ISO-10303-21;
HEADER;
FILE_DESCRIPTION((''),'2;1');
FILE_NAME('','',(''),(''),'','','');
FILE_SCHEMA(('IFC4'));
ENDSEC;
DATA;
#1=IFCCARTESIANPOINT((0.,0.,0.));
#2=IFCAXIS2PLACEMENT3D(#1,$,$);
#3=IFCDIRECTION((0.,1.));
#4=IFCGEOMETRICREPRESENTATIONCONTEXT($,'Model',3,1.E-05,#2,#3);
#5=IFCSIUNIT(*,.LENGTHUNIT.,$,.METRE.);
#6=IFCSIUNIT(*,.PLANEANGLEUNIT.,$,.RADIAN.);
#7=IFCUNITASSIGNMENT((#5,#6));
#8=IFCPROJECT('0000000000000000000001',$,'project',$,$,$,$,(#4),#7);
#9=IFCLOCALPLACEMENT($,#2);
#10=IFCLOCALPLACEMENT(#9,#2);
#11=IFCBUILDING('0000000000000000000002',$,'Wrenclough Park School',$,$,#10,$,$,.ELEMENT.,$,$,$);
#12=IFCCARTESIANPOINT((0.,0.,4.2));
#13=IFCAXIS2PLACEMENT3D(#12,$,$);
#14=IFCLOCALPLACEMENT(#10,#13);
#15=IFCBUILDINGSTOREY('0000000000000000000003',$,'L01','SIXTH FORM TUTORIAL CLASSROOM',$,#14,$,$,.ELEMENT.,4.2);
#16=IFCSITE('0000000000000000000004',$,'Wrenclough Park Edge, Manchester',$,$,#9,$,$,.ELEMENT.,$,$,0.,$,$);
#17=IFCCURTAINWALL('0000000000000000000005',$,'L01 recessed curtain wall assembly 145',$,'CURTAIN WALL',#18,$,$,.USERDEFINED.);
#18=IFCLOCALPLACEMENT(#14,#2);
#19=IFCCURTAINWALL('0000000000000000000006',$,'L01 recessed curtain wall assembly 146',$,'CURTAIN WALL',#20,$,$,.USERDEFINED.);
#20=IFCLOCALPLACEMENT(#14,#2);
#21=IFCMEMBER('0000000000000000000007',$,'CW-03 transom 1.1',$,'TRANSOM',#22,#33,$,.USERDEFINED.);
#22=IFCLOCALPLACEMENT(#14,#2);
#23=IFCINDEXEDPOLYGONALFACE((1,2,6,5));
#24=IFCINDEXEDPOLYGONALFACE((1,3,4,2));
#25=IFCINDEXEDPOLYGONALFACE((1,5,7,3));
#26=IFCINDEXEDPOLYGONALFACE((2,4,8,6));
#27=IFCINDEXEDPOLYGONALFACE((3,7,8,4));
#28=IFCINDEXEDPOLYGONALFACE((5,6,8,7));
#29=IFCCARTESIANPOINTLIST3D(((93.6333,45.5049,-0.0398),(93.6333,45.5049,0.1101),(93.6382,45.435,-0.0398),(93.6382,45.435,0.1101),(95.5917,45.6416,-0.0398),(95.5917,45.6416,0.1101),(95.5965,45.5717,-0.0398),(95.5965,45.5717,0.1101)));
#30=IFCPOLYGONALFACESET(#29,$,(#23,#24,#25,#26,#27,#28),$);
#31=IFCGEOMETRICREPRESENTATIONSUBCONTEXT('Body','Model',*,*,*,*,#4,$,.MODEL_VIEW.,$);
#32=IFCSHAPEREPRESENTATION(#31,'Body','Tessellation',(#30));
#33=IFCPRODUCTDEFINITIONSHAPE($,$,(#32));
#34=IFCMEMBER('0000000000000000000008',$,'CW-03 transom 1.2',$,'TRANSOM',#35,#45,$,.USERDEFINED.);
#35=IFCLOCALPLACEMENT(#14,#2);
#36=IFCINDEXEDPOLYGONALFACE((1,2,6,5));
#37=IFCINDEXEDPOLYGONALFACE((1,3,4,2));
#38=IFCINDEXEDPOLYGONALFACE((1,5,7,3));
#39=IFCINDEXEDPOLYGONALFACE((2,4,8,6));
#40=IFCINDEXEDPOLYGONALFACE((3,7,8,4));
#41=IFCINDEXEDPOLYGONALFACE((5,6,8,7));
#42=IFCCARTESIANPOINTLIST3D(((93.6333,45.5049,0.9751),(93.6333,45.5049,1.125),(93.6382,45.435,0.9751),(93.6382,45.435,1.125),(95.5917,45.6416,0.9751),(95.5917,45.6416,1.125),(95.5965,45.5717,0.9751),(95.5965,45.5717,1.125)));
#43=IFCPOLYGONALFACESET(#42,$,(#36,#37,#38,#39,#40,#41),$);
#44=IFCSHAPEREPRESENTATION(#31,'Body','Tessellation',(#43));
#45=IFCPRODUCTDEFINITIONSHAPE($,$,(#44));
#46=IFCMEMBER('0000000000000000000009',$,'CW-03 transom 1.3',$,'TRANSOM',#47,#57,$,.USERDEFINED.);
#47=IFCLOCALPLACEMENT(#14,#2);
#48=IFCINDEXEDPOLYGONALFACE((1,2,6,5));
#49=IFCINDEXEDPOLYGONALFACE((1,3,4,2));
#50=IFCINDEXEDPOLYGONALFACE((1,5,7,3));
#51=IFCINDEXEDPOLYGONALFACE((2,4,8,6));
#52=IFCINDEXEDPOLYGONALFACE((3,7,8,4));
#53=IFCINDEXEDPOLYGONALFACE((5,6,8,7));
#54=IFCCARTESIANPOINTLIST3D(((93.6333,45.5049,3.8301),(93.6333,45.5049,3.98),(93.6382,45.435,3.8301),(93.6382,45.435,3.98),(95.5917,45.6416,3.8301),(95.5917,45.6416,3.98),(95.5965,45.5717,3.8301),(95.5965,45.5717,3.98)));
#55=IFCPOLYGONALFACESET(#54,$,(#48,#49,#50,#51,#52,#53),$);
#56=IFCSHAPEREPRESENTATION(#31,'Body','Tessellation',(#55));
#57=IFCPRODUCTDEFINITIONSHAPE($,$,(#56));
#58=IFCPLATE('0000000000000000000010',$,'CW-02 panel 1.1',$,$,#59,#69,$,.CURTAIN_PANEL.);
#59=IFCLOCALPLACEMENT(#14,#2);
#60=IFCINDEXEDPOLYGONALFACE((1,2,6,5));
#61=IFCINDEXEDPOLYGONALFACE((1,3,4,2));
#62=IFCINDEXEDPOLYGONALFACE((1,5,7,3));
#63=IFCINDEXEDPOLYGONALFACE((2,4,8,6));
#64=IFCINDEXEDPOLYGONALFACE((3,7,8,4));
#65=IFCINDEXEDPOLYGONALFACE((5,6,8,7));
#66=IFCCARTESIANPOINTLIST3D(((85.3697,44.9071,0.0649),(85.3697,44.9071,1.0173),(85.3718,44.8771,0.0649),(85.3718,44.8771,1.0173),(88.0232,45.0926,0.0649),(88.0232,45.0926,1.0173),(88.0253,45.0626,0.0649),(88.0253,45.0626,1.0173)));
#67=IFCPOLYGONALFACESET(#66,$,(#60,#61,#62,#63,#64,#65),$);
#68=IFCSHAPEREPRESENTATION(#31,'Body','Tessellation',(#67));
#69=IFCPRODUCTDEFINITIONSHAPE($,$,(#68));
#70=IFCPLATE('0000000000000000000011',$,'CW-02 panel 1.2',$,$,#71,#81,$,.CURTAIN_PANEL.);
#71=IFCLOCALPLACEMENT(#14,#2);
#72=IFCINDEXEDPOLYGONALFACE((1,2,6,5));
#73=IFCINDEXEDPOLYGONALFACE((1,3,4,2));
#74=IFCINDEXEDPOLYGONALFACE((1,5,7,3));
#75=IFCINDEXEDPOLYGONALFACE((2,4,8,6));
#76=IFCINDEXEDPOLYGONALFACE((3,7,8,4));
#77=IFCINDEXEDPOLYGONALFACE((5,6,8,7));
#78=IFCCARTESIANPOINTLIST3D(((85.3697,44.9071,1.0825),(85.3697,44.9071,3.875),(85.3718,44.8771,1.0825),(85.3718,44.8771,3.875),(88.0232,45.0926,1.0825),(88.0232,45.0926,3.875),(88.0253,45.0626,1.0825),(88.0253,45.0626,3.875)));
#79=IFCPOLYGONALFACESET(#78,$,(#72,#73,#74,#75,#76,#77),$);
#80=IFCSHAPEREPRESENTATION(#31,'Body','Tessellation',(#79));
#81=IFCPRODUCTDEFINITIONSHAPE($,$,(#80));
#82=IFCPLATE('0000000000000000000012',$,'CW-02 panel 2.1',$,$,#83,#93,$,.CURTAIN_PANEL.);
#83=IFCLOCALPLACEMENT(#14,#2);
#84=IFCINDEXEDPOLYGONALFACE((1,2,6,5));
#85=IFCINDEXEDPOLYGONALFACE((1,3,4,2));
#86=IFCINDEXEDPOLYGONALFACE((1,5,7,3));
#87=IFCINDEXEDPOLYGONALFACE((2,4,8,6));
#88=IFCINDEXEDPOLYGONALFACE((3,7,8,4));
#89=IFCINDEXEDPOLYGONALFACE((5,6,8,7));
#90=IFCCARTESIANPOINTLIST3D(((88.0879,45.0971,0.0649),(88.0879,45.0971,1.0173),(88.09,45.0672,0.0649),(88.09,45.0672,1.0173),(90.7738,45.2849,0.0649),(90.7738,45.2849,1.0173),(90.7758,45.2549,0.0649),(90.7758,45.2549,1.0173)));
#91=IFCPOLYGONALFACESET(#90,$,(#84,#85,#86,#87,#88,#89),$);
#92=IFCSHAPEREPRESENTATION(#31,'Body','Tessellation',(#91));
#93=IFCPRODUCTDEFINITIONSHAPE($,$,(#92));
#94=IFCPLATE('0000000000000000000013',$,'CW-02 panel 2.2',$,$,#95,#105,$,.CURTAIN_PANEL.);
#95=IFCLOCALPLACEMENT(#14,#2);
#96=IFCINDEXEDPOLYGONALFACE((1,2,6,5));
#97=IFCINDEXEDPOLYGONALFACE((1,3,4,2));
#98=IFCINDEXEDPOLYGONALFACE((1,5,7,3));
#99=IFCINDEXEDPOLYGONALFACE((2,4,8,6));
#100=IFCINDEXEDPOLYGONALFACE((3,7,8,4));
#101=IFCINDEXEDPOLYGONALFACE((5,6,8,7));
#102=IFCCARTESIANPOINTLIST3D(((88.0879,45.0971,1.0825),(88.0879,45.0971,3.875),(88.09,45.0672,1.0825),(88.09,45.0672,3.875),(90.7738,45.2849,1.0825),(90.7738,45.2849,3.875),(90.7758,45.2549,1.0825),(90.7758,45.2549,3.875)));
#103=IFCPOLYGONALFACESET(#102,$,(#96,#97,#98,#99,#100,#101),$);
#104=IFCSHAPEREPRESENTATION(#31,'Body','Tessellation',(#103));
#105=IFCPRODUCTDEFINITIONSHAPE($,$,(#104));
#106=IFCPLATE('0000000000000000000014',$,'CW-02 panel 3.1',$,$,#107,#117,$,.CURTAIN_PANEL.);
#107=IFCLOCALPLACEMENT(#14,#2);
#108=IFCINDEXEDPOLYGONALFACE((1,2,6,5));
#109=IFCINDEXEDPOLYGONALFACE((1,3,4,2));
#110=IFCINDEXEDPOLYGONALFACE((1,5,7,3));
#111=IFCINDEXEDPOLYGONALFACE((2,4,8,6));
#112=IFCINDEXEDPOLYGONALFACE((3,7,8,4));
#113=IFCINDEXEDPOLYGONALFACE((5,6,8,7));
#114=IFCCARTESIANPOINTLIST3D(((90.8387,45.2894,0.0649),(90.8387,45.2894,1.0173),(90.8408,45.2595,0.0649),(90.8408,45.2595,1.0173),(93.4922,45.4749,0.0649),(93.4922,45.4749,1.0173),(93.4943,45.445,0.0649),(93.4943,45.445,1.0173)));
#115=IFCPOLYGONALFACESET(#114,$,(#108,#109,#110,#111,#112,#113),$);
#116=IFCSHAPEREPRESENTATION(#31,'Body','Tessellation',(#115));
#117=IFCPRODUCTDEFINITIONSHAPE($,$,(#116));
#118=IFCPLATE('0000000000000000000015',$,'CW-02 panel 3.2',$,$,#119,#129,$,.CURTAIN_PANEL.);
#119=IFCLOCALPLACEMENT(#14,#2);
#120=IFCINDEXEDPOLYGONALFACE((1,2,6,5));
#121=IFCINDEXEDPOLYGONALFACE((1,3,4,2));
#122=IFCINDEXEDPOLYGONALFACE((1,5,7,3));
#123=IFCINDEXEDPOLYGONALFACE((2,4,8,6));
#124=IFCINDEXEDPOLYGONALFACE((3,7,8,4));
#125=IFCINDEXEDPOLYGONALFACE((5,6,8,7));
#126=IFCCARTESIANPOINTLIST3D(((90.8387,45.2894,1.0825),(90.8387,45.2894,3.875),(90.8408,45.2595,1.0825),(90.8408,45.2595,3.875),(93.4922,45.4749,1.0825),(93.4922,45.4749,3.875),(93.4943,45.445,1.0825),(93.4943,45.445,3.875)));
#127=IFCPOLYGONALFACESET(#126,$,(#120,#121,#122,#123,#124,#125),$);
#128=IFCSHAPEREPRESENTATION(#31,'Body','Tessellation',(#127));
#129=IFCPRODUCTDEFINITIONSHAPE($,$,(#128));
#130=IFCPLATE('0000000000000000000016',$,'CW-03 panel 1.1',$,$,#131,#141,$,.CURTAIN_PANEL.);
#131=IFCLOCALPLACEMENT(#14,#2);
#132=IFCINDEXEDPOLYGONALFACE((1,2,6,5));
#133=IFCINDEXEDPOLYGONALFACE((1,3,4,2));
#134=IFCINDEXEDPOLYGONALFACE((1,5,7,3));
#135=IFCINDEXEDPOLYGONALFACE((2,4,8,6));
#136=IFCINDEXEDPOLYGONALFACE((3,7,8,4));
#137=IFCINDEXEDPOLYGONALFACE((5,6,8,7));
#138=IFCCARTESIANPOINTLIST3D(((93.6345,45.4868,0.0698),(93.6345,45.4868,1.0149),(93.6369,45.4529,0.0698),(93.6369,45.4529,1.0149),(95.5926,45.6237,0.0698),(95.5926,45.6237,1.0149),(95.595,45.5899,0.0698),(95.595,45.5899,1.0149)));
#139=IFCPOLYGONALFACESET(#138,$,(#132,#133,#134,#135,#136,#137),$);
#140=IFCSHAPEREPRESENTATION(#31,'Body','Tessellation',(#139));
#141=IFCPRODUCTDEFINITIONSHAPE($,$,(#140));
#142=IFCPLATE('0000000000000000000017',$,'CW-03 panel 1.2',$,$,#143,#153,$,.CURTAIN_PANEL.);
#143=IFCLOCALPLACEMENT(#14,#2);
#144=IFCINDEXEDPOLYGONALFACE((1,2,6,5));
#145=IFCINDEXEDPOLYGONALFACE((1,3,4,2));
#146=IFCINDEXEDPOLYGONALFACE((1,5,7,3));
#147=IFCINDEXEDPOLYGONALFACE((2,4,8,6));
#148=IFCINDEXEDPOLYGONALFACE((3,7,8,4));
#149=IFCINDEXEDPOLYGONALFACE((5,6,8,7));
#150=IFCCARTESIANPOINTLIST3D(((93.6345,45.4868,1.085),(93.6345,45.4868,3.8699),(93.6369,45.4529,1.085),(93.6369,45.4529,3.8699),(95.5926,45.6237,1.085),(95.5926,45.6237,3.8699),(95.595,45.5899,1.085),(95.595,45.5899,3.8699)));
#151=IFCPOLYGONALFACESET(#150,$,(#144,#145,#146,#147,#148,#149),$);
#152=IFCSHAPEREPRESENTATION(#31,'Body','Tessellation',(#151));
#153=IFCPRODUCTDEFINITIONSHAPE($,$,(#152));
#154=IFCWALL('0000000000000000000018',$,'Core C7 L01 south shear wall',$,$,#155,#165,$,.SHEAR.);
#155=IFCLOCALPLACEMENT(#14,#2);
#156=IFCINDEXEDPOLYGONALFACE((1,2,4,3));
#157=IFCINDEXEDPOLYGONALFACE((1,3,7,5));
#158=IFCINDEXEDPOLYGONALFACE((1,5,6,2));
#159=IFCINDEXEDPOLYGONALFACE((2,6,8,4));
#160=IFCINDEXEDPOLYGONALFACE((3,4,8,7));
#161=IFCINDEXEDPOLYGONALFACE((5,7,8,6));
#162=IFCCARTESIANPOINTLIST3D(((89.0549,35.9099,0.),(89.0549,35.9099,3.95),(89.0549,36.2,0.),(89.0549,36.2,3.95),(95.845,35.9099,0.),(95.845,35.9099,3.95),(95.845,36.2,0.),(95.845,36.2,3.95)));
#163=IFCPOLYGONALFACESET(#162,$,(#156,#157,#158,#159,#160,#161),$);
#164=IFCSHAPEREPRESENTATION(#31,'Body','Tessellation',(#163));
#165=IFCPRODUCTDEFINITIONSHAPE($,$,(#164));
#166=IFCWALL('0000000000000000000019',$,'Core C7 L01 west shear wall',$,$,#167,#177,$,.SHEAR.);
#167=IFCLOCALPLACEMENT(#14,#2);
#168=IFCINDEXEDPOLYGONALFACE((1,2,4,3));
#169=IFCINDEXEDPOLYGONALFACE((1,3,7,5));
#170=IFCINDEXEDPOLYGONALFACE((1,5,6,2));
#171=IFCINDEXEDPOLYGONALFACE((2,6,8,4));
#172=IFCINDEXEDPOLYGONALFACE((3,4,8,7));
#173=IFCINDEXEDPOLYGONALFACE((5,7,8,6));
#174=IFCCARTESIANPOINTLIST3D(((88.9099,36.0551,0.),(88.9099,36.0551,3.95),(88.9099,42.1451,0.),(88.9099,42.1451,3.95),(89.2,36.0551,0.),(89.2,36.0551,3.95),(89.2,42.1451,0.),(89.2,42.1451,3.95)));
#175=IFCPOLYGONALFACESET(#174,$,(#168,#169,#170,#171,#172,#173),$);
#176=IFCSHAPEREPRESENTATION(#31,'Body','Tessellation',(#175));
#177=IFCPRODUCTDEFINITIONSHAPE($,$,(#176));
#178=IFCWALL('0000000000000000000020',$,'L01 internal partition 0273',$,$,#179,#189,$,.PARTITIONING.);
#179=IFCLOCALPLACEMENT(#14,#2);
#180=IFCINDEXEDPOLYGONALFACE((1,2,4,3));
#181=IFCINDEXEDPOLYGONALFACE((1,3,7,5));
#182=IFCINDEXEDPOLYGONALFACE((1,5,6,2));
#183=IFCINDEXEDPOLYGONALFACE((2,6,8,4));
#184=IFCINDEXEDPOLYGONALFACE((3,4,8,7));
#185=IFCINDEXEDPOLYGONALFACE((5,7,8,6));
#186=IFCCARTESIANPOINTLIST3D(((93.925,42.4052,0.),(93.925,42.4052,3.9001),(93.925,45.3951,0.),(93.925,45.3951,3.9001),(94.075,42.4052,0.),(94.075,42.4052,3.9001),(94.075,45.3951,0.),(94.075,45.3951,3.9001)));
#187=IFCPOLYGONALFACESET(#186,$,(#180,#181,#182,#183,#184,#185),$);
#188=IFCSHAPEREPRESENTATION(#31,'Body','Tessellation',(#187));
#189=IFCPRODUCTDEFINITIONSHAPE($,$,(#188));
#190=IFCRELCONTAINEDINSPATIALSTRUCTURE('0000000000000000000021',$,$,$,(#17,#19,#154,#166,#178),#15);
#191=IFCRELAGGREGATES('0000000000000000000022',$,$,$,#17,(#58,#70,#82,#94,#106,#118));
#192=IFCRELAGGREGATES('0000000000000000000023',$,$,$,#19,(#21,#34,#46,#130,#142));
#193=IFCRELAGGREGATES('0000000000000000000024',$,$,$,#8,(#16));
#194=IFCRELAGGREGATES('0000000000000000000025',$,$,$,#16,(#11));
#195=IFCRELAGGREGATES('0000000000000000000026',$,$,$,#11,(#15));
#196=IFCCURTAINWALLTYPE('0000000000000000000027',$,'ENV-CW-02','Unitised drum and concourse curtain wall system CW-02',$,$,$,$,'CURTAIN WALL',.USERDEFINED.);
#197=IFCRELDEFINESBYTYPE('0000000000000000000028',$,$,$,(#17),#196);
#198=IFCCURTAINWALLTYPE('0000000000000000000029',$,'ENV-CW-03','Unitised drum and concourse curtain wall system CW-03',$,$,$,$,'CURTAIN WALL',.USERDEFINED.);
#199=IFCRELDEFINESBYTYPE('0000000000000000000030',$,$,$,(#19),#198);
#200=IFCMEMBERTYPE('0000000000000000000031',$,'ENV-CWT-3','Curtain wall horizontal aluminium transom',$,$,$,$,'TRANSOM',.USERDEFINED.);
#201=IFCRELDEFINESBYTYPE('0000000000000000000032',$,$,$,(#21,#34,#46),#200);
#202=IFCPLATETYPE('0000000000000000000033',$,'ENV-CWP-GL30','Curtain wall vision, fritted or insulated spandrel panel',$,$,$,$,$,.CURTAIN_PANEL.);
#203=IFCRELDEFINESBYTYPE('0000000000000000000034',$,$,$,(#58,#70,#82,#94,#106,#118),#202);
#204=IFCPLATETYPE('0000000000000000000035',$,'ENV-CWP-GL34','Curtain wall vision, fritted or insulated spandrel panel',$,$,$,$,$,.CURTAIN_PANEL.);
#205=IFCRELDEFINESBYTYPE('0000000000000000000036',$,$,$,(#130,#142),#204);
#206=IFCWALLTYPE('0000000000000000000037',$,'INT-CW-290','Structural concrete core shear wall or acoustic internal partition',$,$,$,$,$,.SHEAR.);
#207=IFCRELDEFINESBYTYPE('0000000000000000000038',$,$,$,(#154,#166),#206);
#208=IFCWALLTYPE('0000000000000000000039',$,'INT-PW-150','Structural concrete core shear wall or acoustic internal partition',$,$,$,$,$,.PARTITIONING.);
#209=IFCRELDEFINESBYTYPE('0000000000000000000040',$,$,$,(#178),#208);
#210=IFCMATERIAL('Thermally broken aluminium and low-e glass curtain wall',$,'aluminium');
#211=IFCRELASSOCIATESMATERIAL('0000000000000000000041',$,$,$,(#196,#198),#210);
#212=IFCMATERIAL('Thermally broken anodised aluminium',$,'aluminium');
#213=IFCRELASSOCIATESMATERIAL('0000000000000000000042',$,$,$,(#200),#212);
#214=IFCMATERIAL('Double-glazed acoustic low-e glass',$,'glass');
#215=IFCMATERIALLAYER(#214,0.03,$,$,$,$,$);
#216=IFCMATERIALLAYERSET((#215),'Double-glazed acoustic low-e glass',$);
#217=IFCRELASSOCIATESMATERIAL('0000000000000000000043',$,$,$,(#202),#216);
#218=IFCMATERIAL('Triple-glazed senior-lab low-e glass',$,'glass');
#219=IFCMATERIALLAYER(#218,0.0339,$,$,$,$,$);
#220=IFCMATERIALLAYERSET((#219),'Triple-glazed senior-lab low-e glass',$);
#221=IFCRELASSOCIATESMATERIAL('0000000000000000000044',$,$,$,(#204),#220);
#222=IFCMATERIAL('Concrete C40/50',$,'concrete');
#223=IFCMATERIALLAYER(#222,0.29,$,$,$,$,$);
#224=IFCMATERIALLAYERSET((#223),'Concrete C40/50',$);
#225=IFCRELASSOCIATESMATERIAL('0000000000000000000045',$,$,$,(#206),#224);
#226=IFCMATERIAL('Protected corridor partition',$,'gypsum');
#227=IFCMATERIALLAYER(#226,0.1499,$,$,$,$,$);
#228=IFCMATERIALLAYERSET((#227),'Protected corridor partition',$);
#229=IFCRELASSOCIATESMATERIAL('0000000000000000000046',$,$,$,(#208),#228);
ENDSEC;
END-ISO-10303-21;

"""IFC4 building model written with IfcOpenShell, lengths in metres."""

from ifc_helpers import new_model, si_unit, direction, frame, frame_2d, origin, origin_2d, place, context, subcontext, project, spatial, rectangle, extrude, material, layer, layer_set, material_profile, profile_set, type_object, element, aggregate, save


model = new_model("IFC4")

# Units and contexts
model_context = context("Model", 3, precision=1e-05, world=origin(), true_north=direction((0.0, 1.0)))
body_context = subcontext(model_context, "Body", "Model", "MODEL_VIEW")
ifc_project = project(units=[si_unit("LENGTHUNIT", "METRE"), si_unit("PLANEANGLEUNIT", "RADIAN")], contexts=[model_context])

# Site, building, storey
site_placement = place(None, origin())
site = spatial("IfcSite", under=ifc_project, at=site_placement, Name="Wrenclough Park Edge, Manchester", CompositionType="ELEMENT", RefElevation=0.0)
building_placement = place(site_placement, origin())
building = spatial("IfcBuilding", under=site, at=building_placement, Name="Wrenclough Park School", CompositionType="ELEMENT")
storey_placement = place(building_placement, frame((0.0, 0.0, 4.2)))
storey = spatial("IfcBuildingStorey", under=building, at=storey_placement, Name="L01", Description="SIXTH FORM TUTORIAL CLASSROOM", CompositionType="ELEMENT", Elevation=4.2)

# Curtain wall
ifc_material_1 = material(Name="Thermally broken aluminium and low-e glass curtain wall", Category="aluminium")
curtain_wall_type_1 = type_object("IfcCurtainWallType", Name="ENV-CW-02", Description="Unitised drum and concourse curtain wall system CW-02", ElementType="CURTAIN WALL", PredefinedType="USERDEFINED", material=ifc_material_1)
curtain_wall_1_placement = place(storey_placement, origin())
curtain_wall_1 = element("IfcCurtainWall", 1, at=curtain_wall_1_placement, inside=storey, type_object=curtain_wall_type_1, Name="L01 recessed curtain wall assembly 145", ObjectType="CURTAIN WALL", PredefinedType="USERDEFINED")
ifc_material_2 = material(Name="Thermally broken anodised aluminium", Category="aluminium")

# Curtain wall
curtain_wall_type_2 = type_object("IfcCurtainWallType", Name="ENV-CW-03", Description="Unitised drum and concourse curtain wall system CW-03", ElementType="CURTAIN WALL", PredefinedType="USERDEFINED", material=ifc_material_1)
curtain_wall_2_placement = place(storey_placement, origin())
curtain_wall_2 = element("IfcCurtainWall", 2, at=curtain_wall_2_placement, inside=storey, type_object=curtain_wall_type_2, Name="L01 recessed curtain wall assembly 146", ObjectType="CURTAIN WALL", PredefinedType="USERDEFINED")

# Members
ifc_material_profile_1 = material_profile(ifc_material_2, rectangle(XDim=0.0701, YDim=0.1499, at=origin_2d()), Name="AL TRANSOM 70x150")
ifc_profile_set_1 = profile_set([ifc_material_profile_1], Name="Thermally broken anodised aluminium")
member_type_1 = type_object("IfcMemberType", Name="ENV-CWT-3", Description="Curtain wall horizontal aluminium transom", ElementType="TRANSOM", PredefinedType="USERDEFINED", material=ifc_profile_set_1)
member_1_placement = place(storey_placement, frame((93.6357, 45.47, 0.0352), z_axis=(0.997572, 0.069647, 0.0), x_axis=(-0.069647, 0.997572, 0.0)))
member_1 = element("IfcMember", 3, at=member_1_placement, type_object=member_type_1, Name="CW-03 transom 1.1", ObjectType="TRANSOM", PredefinedType="USERDEFINED", context=body_context, shape_type="SweptSolid", body=[
    extrude(rectangle(XDim=0.0701, YDim=0.1499, at=origin_2d()), origin(), (0.0, 0.0, 1.0), 1.9631),
])
member_2_placement = place(storey_placement, frame((93.6357, 45.47, 1.05), z_axis=(0.997572, 0.069647, 0.0), x_axis=(-0.069647, 0.997572, 0.0)))
member_2 = element("IfcMember", 4, at=member_2_placement, type_object=member_type_1, Name="CW-03 transom 1.2", ObjectType="TRANSOM", PredefinedType="USERDEFINED", context=body_context, shape_type="SweptSolid", body=[
    extrude(rectangle(XDim=0.0701, YDim=0.1499, at=origin_2d()), origin(), (0.0, 0.0, 1.0), 1.9631),
])
member_3_placement = place(storey_placement, frame((93.6357, 45.47, 3.905), z_axis=(0.997572, 0.069647, 0.0), x_axis=(-0.069647, 0.997572, 0.0)))
member_3 = element("IfcMember", 5, at=member_3_placement, type_object=member_type_1, Name="CW-03 transom 1.3", ObjectType="TRANSOM", PredefinedType="USERDEFINED", context=body_context, shape_type="SweptSolid", body=[
    extrude(rectangle(XDim=0.0701, YDim=0.1499, at=origin_2d()), origin(), (0.0, 0.0, 1.0), 1.9631),
])

# Plates
ifc_material_3 = material(Name="Double-glazed acoustic low-e glass", Category="glass")
ifc_layer_1 = layer(ifc_material_3, 0.03)
ifc_layer_set_1 = layer_set([ifc_layer_1], Name="Double-glazed acoustic low-e glass")
plate_type_1 = type_object("IfcPlateType", Name="ENV-CWP-GL30", Description="Curtain wall vision, fritted or insulated spandrel panel", PredefinedType="CURTAIN_PANEL", material=ifc_layer_set_1)
plate_1_placement = place(storey_placement, frame((86.6975, 44.9849, 0.0649), z_axis=(0.0, 0.0, 1.0), x_axis=(0.997565, 0.069742, 0.0)))
plate_1 = element("IfcPlate", 6, at=plate_1_placement, type_object=plate_type_1, Name="CW-02 panel 1.1", PredefinedType="CURTAIN_PANEL", context=body_context, shape_type="SweptSolid", body=[
    extrude(rectangle(XDim=2.6599, YDim=0.03, at=origin_2d()), origin(), (0.0, 0.0, 1.0), 0.9524),
])
plate_2_placement = place(storey_placement, frame((86.6975, 44.9849, 1.0825), z_axis=(0.0, 0.0, 1.0), x_axis=(0.997565, 0.069742, 0.0)))
plate_2 = element("IfcPlate", 7, at=plate_2_placement, type_object=plate_type_1, Name="CW-02 panel 1.2", PredefinedType="CURTAIN_PANEL", context=body_context, shape_type="SweptSolid", body=[
    extrude(rectangle(XDim=2.6599, YDim=0.03, at=origin_2d()), origin(), (0.0, 0.0, 1.0), 2.7925),
])
plate_3_placement = place(storey_placement, frame((89.4319, 45.176, 0.0649), z_axis=(0.0, 0.0, 1.0), x_axis=(0.997565, 0.069742, 0.0)))
plate_3 = element("IfcPlate", 8, at=plate_3_placement, type_object=plate_type_1, Name="CW-02 panel 2.1", PredefinedType="CURTAIN_PANEL", context=body_context, shape_type="SweptSolid", body=[
    extrude(rectangle(XDim=2.6924, YDim=0.03, at=origin_2d()), origin(), (0.0, 0.0, 1.0), 0.9524),
])
plate_4_placement = place(storey_placement, frame((89.4319, 45.176, 1.0825), z_axis=(0.0, 0.0, 1.0), x_axis=(0.997565, 0.069742, 0.0)))
plate_4 = element("IfcPlate", 9, at=plate_4_placement, type_object=plate_type_1, Name="CW-02 panel 2.2", PredefinedType="CURTAIN_PANEL", context=body_context, shape_type="SweptSolid", body=[
    extrude(rectangle(XDim=2.6924, YDim=0.03, at=origin_2d()), origin(), (0.0, 0.0, 1.0), 2.7925),
])
plate_5_placement = place(storey_placement, frame((92.1665, 45.3672, 0.0649), z_axis=(0.0, 0.0, 1.0), x_axis=(0.997565, 0.069742, 0.0)))
plate_5 = element("IfcPlate", 10, at=plate_5_placement, type_object=plate_type_1, Name="CW-02 panel 3.1", PredefinedType="CURTAIN_PANEL", context=body_context, shape_type="SweptSolid", body=[
    extrude(rectangle(XDim=2.6599, YDim=0.03, at=origin_2d()), origin(), (0.0, 0.0, 1.0), 0.9524),
])
plate_6_placement = place(storey_placement, frame((92.1665, 45.3672, 1.0825), z_axis=(0.0, 0.0, 1.0), x_axis=(0.997565, 0.069742, 0.0)))
plate_6 = element("IfcPlate", 11, at=plate_6_placement, type_object=plate_type_1, Name="CW-02 panel 3.2", PredefinedType="CURTAIN_PANEL", context=body_context, shape_type="SweptSolid", body=[
    extrude(rectangle(XDim=2.6599, YDim=0.03, at=origin_2d()), origin(), (0.0, 0.0, 1.0), 2.7925),
])
aggregate(curtain_wall_1, [plate_1, plate_2, plate_3, plate_4, plate_5, plate_6])
ifc_material_4 = material(Name="Triple-glazed senior-lab low-e glass", Category="glass")
ifc_layer_2 = layer(ifc_material_4, 0.0339)
ifc_layer_set_2 = layer_set([ifc_layer_2], Name="Triple-glazed senior-lab low-e glass")
plate_type_2 = type_object("IfcPlateType", Name="ENV-CWP-GL34", Description="Curtain wall vision, fritted or insulated spandrel panel", PredefinedType="CURTAIN_PANEL", material=ifc_layer_set_2)
plate_7_placement = place(storey_placement, frame((94.6147, 45.5383, 0.0698), z_axis=(0.0, 0.0, 1.0), x_axis=(0.997564, 0.069753, 0.0)))
plate_7 = element("IfcPlate", 12, at=plate_7_placement, type_object=plate_type_2, Name="CW-03 panel 1.1", PredefinedType="CURTAIN_PANEL", context=body_context, shape_type="SweptSolid", body=[
    extrude(rectangle(XDim=1.9629, YDim=0.0339, at=origin_2d()), origin(), (0.0, 0.0, 1.0), 0.9451),
])
plate_8_placement = place(storey_placement, frame((94.6147, 45.5383, 1.085), z_axis=(0.0, 0.0, 1.0), x_axis=(0.997564, 0.069753, 0.0)))
plate_8 = element("IfcPlate", 13, at=plate_8_placement, type_object=plate_type_2, Name="CW-03 panel 1.2", PredefinedType="CURTAIN_PANEL", context=body_context, shape_type="SweptSolid", body=[
    extrude(rectangle(XDim=1.9629, YDim=0.0339, at=origin_2d()), origin(), (0.0, 0.0, 1.0), 2.7849),
])
aggregate(curtain_wall_2, [member_1, member_2, member_3, plate_7, plate_8])

# Walls
ifc_material_5 = material(Name="Concrete C40/50", Category="concrete")
ifc_layer_3 = layer(ifc_material_5, 0.29)
ifc_layer_set_3 = layer_set([ifc_layer_3], Name="Concrete C40/50")
wall_type_1 = type_object("IfcWallType", Name="INT-CW-290", Description="Structural concrete core shear wall or acoustic internal partition", PredefinedType="SHEAR", material=ifc_layer_set_3)
wall_1_placement = place(storey_placement, frame((89.0549, 36.0549, 0.0), z_axis=(0.0, 0.0, 1.0), x_axis=(1.0, 0.0, 0.0)))
element("IfcWall", 14, at=wall_1_placement, inside=storey, type_object=wall_type_1, Name="Core C7 L01 south shear wall", PredefinedType="SHEAR", context=body_context, shape_type="SweptSolid", body=[
    extrude(rectangle(XDim=6.79, YDim=0.29, at=frame_2d((3.395, 0.0))), origin(), (0.0, 0.0, 1.0), 3.95),
])
wall_2_placement = place(storey_placement, frame((89.0549, 42.145, 0.0), z_axis=(0.0, 0.0, 1.0), x_axis=(0.0, -1.0, 0.0)))
element("IfcWall", 15, at=wall_2_placement, inside=storey, type_object=wall_type_1, Name="Core C7 L01 west shear wall", PredefinedType="SHEAR", context=body_context, shape_type="SweptSolid", body=[
    extrude(rectangle(XDim=6.0901, YDim=0.29, at=frame_2d((3.0449, 0.0))), origin(), (0.0, 0.0, 1.0), 3.95),
])
ifc_material_6 = material(Name="Protected corridor partition", Category="gypsum")
ifc_layer_4 = layer(ifc_material_6, 0.1499)
ifc_layer_set_4 = layer_set([ifc_layer_4], Name="Protected corridor partition")
wall_type_2 = type_object("IfcWallType", Name="INT-PW-150", Description="Structural concrete core shear wall or acoustic internal partition", PredefinedType="PARTITIONING", material=ifc_layer_set_4)
wall_3_placement = place(storey_placement, frame((94.0, 42.405, 0.0), z_axis=(0.0, 0.0, 1.0), x_axis=(0.0, 1.0, 0.0)))
element("IfcWall", 16, at=wall_3_placement, inside=storey, type_object=wall_type_2, Name="L01 internal partition 0273", PredefinedType="PARTITIONING", context=body_context, shape_type="SweptSolid", body=[
    extrude(rectangle(XDim=2.99, YDim=0.1499, at=frame_2d((1.4951, 0.0))), origin(), (0.0, 0.0, 1.0), 3.9001),
])

save(model, "model.ifc")
